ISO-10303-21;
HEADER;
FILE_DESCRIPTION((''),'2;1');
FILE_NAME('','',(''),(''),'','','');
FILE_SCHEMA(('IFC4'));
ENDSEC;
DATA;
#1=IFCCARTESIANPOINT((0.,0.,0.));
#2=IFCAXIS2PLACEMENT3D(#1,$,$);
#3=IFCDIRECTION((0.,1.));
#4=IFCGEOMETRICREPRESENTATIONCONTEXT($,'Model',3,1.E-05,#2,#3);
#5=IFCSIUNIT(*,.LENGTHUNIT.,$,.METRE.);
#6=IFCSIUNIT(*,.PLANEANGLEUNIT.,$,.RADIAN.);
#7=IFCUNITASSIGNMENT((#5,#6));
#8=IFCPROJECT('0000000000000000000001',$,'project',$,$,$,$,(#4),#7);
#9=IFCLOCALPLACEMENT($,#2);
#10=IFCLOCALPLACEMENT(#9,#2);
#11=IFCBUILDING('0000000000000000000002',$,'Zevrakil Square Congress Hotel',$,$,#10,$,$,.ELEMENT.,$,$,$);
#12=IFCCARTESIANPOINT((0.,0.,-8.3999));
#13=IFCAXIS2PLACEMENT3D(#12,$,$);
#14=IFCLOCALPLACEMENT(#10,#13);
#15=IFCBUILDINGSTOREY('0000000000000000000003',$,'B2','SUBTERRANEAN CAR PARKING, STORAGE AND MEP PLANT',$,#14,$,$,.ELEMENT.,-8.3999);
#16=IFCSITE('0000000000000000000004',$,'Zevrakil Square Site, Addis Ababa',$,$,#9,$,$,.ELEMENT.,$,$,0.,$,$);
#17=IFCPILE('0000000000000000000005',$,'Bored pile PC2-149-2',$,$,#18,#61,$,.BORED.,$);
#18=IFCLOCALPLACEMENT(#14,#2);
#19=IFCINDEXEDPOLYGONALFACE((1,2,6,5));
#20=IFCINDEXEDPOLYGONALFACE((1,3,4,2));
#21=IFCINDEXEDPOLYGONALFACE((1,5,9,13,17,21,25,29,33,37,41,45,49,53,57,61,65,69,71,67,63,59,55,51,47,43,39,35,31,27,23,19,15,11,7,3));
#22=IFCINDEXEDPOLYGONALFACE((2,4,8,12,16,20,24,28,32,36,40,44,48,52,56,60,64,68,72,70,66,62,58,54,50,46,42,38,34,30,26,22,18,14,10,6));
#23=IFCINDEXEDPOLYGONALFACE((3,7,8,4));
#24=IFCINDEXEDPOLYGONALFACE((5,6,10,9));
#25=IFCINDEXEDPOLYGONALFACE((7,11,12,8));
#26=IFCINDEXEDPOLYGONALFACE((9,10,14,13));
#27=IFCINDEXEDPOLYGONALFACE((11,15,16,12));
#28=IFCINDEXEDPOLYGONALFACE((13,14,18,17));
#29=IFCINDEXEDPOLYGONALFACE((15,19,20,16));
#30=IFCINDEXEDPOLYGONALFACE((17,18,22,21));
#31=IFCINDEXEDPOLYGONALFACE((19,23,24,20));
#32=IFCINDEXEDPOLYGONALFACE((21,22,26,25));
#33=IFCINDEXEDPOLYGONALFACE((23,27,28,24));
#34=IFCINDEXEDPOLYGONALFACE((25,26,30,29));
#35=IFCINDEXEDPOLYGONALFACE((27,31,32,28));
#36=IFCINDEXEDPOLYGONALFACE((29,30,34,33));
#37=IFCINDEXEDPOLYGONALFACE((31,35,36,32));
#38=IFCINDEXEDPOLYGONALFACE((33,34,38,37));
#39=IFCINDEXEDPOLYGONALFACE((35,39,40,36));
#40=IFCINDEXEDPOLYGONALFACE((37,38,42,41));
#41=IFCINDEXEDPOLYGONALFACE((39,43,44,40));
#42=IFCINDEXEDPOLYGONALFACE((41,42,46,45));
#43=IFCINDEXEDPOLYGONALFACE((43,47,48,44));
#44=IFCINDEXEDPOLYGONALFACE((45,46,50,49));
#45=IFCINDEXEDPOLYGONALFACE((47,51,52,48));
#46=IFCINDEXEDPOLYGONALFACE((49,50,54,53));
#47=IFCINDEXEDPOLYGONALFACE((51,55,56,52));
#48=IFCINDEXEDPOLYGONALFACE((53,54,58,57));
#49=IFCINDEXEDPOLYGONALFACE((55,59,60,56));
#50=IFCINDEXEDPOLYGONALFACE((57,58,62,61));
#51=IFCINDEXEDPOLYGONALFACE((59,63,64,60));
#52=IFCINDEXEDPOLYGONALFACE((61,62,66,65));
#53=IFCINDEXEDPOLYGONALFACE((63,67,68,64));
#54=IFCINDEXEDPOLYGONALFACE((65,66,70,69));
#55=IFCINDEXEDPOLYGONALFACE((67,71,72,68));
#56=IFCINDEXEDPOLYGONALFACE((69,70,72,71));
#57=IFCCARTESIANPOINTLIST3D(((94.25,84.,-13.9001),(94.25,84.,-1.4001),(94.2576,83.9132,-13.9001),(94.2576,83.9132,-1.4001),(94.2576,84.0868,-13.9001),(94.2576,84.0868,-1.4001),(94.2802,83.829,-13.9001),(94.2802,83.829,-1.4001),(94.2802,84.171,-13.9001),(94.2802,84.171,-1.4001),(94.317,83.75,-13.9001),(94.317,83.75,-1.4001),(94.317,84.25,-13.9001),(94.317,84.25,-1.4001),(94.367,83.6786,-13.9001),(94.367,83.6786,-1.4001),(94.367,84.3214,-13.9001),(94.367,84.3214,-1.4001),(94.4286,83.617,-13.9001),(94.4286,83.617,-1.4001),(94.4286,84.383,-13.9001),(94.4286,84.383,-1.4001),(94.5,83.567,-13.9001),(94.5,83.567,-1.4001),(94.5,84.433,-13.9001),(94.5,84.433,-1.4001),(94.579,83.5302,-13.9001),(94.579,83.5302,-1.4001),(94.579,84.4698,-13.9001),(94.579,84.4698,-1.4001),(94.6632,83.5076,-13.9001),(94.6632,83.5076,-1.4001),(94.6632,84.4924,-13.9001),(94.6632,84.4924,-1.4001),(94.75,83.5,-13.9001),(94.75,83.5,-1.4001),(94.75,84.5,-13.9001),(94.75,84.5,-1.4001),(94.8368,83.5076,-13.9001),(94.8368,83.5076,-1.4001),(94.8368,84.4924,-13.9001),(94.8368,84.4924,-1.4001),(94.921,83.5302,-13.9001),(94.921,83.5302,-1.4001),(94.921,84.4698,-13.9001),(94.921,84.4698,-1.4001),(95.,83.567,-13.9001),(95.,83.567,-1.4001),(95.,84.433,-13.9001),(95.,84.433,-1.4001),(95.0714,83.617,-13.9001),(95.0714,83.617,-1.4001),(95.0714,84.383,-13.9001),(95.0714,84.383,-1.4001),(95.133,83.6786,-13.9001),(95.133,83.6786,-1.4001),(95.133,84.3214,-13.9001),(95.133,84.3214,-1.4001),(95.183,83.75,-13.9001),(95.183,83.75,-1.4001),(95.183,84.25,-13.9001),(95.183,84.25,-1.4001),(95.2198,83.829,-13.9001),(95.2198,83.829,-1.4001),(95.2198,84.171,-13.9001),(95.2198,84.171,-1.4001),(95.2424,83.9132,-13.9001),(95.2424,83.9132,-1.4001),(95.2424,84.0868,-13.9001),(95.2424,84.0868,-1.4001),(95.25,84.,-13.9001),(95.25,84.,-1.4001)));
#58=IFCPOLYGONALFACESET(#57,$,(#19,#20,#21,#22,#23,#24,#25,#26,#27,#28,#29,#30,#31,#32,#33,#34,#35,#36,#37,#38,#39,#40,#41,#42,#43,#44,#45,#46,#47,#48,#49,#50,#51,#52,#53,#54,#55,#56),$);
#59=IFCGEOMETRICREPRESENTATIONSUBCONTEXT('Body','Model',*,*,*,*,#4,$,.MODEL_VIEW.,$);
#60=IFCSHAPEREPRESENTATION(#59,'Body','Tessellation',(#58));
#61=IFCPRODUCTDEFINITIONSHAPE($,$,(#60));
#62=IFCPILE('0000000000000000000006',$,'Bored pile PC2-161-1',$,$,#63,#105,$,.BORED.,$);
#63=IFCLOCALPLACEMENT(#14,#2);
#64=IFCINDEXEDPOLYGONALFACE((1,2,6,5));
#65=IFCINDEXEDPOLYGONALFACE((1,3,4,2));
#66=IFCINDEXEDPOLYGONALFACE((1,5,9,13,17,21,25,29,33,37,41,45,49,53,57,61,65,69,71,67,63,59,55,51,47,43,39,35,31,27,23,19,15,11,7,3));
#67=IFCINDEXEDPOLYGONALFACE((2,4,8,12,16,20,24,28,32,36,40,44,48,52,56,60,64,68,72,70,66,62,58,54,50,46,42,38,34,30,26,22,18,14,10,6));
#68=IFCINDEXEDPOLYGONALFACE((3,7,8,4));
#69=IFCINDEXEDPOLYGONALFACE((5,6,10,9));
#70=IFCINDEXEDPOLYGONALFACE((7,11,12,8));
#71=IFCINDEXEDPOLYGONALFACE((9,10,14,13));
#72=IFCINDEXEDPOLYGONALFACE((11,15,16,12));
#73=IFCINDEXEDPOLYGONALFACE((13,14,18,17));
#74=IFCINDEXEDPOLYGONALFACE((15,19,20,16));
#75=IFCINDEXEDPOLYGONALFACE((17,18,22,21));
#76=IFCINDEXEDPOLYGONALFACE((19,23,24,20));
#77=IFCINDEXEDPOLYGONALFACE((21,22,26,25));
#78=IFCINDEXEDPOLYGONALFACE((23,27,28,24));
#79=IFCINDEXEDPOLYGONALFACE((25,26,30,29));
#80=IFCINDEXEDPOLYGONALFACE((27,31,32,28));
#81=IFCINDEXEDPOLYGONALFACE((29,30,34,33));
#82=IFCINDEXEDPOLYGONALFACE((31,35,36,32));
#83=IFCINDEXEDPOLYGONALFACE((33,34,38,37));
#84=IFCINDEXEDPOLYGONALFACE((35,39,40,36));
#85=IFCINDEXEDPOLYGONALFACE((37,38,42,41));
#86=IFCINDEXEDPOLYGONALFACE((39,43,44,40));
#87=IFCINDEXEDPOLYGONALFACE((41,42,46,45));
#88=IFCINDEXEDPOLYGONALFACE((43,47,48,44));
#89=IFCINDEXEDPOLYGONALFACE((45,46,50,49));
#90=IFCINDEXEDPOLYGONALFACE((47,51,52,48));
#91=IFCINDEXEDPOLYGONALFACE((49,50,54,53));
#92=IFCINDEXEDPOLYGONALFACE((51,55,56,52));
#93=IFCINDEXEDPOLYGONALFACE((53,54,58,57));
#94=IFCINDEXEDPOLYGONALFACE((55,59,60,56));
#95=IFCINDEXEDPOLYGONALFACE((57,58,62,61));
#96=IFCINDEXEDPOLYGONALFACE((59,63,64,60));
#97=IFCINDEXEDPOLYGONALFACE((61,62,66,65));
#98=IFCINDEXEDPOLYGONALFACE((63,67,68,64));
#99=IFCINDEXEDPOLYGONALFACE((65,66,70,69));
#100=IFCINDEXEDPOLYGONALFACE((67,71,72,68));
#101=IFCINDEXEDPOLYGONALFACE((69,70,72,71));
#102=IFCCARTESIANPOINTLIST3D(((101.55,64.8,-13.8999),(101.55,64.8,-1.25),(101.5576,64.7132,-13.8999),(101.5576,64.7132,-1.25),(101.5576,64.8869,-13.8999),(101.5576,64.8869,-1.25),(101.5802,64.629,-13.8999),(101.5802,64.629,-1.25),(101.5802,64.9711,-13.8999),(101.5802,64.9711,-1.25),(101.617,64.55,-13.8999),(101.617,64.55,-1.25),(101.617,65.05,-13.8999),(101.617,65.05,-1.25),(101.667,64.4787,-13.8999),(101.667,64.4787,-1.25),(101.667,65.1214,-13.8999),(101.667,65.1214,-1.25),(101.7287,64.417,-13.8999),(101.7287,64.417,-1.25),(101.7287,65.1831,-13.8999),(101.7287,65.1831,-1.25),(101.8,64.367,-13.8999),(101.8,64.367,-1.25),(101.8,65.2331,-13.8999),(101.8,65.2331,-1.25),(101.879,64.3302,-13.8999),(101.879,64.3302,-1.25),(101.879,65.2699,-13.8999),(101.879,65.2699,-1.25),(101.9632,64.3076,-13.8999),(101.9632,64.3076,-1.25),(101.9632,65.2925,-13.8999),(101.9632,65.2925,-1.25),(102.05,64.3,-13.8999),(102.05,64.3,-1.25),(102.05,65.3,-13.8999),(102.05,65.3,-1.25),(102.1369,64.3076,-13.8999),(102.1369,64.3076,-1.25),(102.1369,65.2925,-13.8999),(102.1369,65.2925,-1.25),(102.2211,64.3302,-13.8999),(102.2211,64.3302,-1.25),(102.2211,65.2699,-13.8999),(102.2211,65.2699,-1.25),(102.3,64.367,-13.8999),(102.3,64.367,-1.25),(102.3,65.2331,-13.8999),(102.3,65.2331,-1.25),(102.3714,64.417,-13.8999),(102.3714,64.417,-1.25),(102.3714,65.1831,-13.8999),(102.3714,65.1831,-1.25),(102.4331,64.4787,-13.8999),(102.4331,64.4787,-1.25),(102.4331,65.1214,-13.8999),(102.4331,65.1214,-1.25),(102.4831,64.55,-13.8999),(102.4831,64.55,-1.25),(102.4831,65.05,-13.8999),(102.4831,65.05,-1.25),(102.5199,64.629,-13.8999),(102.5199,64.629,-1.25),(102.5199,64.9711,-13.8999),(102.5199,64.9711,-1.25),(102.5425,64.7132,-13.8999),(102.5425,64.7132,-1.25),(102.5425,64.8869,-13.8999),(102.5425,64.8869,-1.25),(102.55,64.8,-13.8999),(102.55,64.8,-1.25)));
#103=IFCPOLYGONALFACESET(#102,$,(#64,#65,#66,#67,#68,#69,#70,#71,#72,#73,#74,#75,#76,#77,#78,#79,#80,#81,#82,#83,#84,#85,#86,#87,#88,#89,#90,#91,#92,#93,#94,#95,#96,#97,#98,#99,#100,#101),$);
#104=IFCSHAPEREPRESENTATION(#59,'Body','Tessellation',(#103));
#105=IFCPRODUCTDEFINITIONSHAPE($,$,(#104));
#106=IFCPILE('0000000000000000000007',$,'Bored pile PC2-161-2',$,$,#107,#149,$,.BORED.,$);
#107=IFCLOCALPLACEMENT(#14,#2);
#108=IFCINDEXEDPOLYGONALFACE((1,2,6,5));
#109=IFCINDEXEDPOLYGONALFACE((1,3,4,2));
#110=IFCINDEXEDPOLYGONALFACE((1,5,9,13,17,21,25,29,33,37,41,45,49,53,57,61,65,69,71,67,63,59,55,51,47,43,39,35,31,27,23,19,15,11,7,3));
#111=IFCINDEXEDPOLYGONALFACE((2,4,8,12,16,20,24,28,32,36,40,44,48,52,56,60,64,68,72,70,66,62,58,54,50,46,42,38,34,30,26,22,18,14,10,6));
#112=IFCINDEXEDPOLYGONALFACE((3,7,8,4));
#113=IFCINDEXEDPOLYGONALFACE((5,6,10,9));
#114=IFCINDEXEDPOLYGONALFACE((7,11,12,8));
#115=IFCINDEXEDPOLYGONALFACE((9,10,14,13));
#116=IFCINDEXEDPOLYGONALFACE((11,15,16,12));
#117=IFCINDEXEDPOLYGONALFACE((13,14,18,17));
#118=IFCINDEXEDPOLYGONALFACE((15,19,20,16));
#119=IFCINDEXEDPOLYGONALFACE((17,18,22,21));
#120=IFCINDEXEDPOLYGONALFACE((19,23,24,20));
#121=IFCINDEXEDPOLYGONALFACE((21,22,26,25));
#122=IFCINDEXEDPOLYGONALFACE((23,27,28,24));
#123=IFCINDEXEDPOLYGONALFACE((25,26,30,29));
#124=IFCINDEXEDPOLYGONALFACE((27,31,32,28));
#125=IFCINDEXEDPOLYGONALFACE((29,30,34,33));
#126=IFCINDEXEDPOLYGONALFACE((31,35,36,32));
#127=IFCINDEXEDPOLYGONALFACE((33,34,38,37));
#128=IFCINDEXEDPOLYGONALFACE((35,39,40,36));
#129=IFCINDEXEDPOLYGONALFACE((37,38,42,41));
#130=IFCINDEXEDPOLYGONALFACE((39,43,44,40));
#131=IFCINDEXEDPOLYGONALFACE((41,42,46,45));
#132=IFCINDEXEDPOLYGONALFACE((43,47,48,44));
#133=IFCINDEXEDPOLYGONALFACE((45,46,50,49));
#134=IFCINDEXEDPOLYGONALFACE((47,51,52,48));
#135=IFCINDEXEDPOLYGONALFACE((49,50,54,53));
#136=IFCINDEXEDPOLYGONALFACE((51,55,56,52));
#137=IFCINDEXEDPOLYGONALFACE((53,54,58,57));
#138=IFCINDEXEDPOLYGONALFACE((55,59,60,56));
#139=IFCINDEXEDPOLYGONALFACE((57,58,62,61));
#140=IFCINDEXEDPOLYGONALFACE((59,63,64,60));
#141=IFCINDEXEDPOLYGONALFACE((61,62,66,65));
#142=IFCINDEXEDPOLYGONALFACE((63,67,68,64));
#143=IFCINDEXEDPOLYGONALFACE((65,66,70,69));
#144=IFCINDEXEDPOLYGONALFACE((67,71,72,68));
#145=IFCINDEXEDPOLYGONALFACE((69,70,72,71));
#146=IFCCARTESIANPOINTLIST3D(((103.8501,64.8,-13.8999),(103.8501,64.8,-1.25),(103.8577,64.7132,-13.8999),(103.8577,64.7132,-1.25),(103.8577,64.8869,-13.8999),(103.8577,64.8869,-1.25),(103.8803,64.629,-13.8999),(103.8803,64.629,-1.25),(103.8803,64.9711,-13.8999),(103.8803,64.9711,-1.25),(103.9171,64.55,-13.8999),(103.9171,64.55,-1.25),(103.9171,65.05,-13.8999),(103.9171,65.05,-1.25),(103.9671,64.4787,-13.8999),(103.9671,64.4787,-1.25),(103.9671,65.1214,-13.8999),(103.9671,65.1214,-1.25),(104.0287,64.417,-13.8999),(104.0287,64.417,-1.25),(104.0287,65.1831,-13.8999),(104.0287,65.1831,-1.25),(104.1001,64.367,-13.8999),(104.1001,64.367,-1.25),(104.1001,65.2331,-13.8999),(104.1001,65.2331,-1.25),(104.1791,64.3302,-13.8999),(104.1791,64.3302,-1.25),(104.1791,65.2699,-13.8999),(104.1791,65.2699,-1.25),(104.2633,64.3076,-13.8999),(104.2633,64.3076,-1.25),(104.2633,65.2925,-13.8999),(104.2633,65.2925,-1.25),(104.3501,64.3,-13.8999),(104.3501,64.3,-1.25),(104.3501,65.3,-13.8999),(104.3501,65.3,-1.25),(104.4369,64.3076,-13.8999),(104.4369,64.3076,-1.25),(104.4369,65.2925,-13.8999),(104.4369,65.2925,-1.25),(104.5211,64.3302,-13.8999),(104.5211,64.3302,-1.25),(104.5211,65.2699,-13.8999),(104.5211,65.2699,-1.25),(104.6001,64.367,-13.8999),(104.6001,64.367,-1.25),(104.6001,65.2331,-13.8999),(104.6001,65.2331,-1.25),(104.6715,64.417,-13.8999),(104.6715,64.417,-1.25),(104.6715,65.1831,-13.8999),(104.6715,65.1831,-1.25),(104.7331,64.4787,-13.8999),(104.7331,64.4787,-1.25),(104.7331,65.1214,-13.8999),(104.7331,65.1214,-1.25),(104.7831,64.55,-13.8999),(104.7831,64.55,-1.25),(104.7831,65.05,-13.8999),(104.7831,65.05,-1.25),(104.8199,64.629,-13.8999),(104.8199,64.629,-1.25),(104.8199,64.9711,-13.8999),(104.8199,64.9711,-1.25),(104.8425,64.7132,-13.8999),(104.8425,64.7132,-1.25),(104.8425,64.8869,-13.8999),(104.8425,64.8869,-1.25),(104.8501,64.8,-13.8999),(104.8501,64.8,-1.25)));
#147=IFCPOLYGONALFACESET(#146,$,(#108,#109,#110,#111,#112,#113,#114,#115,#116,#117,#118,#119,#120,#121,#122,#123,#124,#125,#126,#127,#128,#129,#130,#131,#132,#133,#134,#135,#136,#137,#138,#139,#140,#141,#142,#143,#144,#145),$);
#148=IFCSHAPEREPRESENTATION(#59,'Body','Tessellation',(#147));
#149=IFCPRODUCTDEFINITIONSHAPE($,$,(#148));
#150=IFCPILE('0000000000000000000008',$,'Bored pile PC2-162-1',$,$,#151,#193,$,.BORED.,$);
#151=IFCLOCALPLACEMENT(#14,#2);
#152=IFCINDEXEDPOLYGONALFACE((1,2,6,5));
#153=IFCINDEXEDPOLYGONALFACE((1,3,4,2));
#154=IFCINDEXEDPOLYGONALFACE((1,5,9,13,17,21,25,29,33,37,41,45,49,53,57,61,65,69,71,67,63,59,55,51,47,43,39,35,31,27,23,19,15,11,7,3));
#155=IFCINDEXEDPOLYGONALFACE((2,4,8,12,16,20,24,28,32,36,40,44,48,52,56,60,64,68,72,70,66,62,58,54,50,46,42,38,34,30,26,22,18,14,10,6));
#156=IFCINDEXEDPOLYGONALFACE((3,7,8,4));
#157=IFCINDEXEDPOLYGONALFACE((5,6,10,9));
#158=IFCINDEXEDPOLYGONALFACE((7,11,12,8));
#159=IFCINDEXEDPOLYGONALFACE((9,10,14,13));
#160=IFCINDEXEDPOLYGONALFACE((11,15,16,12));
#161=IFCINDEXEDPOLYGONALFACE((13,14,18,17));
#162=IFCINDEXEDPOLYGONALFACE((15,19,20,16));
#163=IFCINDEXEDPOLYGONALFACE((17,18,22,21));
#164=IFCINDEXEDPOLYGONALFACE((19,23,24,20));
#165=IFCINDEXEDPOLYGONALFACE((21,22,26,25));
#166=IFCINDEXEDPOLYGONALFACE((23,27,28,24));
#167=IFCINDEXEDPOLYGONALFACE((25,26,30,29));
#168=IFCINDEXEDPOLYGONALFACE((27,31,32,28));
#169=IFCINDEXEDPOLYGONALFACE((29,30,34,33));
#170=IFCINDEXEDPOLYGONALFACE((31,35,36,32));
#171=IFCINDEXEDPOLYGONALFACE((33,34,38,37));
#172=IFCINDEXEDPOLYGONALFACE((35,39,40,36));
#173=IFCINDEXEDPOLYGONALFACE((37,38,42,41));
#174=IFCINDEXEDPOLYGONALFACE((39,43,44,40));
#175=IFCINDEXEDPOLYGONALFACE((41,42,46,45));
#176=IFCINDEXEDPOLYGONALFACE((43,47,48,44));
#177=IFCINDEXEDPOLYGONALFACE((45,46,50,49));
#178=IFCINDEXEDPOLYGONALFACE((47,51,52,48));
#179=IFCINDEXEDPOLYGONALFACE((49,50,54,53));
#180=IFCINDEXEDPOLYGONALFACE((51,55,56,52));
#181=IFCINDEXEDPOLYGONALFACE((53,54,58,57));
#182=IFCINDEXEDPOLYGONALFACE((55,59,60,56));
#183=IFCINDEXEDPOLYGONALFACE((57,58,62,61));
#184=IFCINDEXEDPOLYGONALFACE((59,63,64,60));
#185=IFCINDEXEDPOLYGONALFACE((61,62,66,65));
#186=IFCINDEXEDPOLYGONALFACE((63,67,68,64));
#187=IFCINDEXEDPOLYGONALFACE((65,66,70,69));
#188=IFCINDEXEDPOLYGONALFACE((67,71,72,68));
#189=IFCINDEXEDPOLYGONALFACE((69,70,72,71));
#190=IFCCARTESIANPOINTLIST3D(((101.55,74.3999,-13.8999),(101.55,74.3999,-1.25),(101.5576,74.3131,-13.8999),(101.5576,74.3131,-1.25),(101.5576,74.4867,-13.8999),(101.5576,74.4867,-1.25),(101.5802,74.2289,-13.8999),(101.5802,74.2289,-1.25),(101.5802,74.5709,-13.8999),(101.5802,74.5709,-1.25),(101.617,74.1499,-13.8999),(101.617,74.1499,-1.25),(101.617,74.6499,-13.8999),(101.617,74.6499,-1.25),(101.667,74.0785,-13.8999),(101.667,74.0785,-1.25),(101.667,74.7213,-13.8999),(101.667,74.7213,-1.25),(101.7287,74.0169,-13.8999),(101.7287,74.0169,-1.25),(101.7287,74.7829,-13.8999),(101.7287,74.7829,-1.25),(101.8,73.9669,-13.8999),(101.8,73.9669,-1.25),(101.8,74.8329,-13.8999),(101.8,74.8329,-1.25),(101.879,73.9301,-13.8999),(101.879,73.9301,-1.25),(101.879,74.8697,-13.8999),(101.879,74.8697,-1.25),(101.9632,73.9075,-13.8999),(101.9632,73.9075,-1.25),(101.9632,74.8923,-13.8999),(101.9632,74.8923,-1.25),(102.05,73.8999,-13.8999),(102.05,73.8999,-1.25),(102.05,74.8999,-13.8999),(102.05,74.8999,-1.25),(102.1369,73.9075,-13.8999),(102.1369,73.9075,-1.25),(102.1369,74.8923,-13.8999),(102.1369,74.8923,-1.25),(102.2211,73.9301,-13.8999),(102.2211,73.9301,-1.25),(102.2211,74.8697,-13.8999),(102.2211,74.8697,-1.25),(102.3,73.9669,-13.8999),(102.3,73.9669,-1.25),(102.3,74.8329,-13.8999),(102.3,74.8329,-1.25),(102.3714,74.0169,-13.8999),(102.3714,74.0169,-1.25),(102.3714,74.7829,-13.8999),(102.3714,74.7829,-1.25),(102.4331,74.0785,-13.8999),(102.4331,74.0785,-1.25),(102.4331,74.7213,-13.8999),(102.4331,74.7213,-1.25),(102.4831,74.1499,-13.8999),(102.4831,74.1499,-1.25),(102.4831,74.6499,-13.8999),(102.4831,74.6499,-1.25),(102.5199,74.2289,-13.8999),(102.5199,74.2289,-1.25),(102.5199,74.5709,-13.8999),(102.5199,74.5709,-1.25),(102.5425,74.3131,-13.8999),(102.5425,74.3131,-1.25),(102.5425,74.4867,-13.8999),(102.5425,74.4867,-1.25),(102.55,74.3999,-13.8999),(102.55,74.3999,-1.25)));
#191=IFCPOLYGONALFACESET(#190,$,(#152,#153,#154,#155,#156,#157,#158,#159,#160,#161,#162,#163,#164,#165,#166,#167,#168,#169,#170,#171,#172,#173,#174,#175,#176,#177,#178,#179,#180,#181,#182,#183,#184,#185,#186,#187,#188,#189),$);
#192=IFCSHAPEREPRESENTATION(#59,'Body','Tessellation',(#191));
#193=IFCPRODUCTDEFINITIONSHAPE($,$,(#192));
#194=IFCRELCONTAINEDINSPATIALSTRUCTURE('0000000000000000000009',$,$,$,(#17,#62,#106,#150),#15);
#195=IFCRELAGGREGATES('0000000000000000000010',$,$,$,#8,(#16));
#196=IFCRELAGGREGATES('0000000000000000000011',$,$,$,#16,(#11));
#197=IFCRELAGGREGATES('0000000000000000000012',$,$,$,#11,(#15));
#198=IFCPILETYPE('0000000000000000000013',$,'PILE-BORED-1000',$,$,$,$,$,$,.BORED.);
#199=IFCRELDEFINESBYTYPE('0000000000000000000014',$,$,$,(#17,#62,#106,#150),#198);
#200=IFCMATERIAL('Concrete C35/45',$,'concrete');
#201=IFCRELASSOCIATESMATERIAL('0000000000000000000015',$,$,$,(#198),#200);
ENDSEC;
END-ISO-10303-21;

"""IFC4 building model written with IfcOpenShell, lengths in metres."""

from ifc_helpers import new_model, si_unit, direction, frame, origin, origin_2d, place, context, subcontext, project, spatial, circle, extrude, material, material_profile, profile_set, type_object, element, save


model = new_model("IFC4")

# Units and contexts
model_context = context("Model", 3, precision=1e-05, world=origin(), true_north=direction((0.0, 1.0)))
body_context = subcontext(model_context, "Body", "Model", "MODEL_VIEW")
ifc_project = project(units=[si_unit("LENGTHUNIT", "METRE"), si_unit("PLANEANGLEUNIT", "RADIAN")], contexts=[model_context])

# Site, building, storey
site_placement = place(None, origin())
site = spatial("IfcSite", under=ifc_project, at=site_placement, Name="Zevrakil Square Site, Addis Ababa", CompositionType="ELEMENT", RefElevation=0.0)
building_placement = place(site_placement, origin())
building = spatial("IfcBuilding", under=site, at=building_placement, Name="Zevrakil Square Congress Hotel", CompositionType="ELEMENT")
storey_placement = place(building_placement, frame((0.0, 0.0, -8.3999)))
storey = spatial("IfcBuildingStorey", under=building, at=storey_placement, Name="B2", Description="SUBTERRANEAN CAR PARKING, STORAGE AND MEP PLANT", CompositionType="ELEMENT", Elevation=-8.3999)

# Piles
ifc_material_1 = material(Name="Concrete C35/45", Category="concrete")
ifc_material_profile_1 = material_profile(ifc_material_1, circle(Radius=0.5, at=origin_2d()), Name="PILE D1000")
ifc_profile_set_1 = profile_set([ifc_material_profile_1], Name="Concrete C35/45")
pile_type = type_object("IfcPileType", Name="PILE-BORED-1000", PredefinedType="BORED", material=ifc_profile_set_1)
for number, where, z_axis, x_axis, name in (
    (1, (94.75, 84.0, -1.4001), (0.0, 0.0, -1.0), (1.0, 0.0, 0.0), "Bored pile PC2-149-2"),
):
    element("IfcPile", number, at=place(storey_placement, frame(where, z_axis=z_axis, x_axis=x_axis)), inside=storey, type_object=pile_type, Name=name, PredefinedType="BORED", context=body_context, shape_type="SweptSolid", body=[
        extrude(circle(Radius=0.5, at=origin_2d()), origin(), (0.0, 0.0, 1.0), 12.5),
    ])
for number, where, z_axis, x_axis, name in (
    (2, (102.05, 64.8, -1.25), (0.0, 0.0, -1.0), (1.0, 0.0, 0.0), "Bored pile PC2-161-1"),
    (3, (104.3501, 64.8, -1.25), (0.0, 0.0, -1.0), (1.0, 0.0, 0.0), "Bored pile PC2-161-2"),
    (4, (102.05, 74.3999, -1.25), (0.0, 0.0, -1.0), (1.0, 0.0, 0.0), "Bored pile PC2-162-1"),
):
    element("IfcPile", number, at=place(storey_placement, frame(where, z_axis=z_axis, x_axis=x_axis)), inside=storey, type_object=pile_type, Name=name, PredefinedType="BORED", context=body_context, shape_type="SweptSolid", body=[
        extrude(circle(Radius=0.5, at=origin_2d()), origin(), (0.0, 0.0, 1.0), 12.6499),
    ])

save(model, "model.ifc")
